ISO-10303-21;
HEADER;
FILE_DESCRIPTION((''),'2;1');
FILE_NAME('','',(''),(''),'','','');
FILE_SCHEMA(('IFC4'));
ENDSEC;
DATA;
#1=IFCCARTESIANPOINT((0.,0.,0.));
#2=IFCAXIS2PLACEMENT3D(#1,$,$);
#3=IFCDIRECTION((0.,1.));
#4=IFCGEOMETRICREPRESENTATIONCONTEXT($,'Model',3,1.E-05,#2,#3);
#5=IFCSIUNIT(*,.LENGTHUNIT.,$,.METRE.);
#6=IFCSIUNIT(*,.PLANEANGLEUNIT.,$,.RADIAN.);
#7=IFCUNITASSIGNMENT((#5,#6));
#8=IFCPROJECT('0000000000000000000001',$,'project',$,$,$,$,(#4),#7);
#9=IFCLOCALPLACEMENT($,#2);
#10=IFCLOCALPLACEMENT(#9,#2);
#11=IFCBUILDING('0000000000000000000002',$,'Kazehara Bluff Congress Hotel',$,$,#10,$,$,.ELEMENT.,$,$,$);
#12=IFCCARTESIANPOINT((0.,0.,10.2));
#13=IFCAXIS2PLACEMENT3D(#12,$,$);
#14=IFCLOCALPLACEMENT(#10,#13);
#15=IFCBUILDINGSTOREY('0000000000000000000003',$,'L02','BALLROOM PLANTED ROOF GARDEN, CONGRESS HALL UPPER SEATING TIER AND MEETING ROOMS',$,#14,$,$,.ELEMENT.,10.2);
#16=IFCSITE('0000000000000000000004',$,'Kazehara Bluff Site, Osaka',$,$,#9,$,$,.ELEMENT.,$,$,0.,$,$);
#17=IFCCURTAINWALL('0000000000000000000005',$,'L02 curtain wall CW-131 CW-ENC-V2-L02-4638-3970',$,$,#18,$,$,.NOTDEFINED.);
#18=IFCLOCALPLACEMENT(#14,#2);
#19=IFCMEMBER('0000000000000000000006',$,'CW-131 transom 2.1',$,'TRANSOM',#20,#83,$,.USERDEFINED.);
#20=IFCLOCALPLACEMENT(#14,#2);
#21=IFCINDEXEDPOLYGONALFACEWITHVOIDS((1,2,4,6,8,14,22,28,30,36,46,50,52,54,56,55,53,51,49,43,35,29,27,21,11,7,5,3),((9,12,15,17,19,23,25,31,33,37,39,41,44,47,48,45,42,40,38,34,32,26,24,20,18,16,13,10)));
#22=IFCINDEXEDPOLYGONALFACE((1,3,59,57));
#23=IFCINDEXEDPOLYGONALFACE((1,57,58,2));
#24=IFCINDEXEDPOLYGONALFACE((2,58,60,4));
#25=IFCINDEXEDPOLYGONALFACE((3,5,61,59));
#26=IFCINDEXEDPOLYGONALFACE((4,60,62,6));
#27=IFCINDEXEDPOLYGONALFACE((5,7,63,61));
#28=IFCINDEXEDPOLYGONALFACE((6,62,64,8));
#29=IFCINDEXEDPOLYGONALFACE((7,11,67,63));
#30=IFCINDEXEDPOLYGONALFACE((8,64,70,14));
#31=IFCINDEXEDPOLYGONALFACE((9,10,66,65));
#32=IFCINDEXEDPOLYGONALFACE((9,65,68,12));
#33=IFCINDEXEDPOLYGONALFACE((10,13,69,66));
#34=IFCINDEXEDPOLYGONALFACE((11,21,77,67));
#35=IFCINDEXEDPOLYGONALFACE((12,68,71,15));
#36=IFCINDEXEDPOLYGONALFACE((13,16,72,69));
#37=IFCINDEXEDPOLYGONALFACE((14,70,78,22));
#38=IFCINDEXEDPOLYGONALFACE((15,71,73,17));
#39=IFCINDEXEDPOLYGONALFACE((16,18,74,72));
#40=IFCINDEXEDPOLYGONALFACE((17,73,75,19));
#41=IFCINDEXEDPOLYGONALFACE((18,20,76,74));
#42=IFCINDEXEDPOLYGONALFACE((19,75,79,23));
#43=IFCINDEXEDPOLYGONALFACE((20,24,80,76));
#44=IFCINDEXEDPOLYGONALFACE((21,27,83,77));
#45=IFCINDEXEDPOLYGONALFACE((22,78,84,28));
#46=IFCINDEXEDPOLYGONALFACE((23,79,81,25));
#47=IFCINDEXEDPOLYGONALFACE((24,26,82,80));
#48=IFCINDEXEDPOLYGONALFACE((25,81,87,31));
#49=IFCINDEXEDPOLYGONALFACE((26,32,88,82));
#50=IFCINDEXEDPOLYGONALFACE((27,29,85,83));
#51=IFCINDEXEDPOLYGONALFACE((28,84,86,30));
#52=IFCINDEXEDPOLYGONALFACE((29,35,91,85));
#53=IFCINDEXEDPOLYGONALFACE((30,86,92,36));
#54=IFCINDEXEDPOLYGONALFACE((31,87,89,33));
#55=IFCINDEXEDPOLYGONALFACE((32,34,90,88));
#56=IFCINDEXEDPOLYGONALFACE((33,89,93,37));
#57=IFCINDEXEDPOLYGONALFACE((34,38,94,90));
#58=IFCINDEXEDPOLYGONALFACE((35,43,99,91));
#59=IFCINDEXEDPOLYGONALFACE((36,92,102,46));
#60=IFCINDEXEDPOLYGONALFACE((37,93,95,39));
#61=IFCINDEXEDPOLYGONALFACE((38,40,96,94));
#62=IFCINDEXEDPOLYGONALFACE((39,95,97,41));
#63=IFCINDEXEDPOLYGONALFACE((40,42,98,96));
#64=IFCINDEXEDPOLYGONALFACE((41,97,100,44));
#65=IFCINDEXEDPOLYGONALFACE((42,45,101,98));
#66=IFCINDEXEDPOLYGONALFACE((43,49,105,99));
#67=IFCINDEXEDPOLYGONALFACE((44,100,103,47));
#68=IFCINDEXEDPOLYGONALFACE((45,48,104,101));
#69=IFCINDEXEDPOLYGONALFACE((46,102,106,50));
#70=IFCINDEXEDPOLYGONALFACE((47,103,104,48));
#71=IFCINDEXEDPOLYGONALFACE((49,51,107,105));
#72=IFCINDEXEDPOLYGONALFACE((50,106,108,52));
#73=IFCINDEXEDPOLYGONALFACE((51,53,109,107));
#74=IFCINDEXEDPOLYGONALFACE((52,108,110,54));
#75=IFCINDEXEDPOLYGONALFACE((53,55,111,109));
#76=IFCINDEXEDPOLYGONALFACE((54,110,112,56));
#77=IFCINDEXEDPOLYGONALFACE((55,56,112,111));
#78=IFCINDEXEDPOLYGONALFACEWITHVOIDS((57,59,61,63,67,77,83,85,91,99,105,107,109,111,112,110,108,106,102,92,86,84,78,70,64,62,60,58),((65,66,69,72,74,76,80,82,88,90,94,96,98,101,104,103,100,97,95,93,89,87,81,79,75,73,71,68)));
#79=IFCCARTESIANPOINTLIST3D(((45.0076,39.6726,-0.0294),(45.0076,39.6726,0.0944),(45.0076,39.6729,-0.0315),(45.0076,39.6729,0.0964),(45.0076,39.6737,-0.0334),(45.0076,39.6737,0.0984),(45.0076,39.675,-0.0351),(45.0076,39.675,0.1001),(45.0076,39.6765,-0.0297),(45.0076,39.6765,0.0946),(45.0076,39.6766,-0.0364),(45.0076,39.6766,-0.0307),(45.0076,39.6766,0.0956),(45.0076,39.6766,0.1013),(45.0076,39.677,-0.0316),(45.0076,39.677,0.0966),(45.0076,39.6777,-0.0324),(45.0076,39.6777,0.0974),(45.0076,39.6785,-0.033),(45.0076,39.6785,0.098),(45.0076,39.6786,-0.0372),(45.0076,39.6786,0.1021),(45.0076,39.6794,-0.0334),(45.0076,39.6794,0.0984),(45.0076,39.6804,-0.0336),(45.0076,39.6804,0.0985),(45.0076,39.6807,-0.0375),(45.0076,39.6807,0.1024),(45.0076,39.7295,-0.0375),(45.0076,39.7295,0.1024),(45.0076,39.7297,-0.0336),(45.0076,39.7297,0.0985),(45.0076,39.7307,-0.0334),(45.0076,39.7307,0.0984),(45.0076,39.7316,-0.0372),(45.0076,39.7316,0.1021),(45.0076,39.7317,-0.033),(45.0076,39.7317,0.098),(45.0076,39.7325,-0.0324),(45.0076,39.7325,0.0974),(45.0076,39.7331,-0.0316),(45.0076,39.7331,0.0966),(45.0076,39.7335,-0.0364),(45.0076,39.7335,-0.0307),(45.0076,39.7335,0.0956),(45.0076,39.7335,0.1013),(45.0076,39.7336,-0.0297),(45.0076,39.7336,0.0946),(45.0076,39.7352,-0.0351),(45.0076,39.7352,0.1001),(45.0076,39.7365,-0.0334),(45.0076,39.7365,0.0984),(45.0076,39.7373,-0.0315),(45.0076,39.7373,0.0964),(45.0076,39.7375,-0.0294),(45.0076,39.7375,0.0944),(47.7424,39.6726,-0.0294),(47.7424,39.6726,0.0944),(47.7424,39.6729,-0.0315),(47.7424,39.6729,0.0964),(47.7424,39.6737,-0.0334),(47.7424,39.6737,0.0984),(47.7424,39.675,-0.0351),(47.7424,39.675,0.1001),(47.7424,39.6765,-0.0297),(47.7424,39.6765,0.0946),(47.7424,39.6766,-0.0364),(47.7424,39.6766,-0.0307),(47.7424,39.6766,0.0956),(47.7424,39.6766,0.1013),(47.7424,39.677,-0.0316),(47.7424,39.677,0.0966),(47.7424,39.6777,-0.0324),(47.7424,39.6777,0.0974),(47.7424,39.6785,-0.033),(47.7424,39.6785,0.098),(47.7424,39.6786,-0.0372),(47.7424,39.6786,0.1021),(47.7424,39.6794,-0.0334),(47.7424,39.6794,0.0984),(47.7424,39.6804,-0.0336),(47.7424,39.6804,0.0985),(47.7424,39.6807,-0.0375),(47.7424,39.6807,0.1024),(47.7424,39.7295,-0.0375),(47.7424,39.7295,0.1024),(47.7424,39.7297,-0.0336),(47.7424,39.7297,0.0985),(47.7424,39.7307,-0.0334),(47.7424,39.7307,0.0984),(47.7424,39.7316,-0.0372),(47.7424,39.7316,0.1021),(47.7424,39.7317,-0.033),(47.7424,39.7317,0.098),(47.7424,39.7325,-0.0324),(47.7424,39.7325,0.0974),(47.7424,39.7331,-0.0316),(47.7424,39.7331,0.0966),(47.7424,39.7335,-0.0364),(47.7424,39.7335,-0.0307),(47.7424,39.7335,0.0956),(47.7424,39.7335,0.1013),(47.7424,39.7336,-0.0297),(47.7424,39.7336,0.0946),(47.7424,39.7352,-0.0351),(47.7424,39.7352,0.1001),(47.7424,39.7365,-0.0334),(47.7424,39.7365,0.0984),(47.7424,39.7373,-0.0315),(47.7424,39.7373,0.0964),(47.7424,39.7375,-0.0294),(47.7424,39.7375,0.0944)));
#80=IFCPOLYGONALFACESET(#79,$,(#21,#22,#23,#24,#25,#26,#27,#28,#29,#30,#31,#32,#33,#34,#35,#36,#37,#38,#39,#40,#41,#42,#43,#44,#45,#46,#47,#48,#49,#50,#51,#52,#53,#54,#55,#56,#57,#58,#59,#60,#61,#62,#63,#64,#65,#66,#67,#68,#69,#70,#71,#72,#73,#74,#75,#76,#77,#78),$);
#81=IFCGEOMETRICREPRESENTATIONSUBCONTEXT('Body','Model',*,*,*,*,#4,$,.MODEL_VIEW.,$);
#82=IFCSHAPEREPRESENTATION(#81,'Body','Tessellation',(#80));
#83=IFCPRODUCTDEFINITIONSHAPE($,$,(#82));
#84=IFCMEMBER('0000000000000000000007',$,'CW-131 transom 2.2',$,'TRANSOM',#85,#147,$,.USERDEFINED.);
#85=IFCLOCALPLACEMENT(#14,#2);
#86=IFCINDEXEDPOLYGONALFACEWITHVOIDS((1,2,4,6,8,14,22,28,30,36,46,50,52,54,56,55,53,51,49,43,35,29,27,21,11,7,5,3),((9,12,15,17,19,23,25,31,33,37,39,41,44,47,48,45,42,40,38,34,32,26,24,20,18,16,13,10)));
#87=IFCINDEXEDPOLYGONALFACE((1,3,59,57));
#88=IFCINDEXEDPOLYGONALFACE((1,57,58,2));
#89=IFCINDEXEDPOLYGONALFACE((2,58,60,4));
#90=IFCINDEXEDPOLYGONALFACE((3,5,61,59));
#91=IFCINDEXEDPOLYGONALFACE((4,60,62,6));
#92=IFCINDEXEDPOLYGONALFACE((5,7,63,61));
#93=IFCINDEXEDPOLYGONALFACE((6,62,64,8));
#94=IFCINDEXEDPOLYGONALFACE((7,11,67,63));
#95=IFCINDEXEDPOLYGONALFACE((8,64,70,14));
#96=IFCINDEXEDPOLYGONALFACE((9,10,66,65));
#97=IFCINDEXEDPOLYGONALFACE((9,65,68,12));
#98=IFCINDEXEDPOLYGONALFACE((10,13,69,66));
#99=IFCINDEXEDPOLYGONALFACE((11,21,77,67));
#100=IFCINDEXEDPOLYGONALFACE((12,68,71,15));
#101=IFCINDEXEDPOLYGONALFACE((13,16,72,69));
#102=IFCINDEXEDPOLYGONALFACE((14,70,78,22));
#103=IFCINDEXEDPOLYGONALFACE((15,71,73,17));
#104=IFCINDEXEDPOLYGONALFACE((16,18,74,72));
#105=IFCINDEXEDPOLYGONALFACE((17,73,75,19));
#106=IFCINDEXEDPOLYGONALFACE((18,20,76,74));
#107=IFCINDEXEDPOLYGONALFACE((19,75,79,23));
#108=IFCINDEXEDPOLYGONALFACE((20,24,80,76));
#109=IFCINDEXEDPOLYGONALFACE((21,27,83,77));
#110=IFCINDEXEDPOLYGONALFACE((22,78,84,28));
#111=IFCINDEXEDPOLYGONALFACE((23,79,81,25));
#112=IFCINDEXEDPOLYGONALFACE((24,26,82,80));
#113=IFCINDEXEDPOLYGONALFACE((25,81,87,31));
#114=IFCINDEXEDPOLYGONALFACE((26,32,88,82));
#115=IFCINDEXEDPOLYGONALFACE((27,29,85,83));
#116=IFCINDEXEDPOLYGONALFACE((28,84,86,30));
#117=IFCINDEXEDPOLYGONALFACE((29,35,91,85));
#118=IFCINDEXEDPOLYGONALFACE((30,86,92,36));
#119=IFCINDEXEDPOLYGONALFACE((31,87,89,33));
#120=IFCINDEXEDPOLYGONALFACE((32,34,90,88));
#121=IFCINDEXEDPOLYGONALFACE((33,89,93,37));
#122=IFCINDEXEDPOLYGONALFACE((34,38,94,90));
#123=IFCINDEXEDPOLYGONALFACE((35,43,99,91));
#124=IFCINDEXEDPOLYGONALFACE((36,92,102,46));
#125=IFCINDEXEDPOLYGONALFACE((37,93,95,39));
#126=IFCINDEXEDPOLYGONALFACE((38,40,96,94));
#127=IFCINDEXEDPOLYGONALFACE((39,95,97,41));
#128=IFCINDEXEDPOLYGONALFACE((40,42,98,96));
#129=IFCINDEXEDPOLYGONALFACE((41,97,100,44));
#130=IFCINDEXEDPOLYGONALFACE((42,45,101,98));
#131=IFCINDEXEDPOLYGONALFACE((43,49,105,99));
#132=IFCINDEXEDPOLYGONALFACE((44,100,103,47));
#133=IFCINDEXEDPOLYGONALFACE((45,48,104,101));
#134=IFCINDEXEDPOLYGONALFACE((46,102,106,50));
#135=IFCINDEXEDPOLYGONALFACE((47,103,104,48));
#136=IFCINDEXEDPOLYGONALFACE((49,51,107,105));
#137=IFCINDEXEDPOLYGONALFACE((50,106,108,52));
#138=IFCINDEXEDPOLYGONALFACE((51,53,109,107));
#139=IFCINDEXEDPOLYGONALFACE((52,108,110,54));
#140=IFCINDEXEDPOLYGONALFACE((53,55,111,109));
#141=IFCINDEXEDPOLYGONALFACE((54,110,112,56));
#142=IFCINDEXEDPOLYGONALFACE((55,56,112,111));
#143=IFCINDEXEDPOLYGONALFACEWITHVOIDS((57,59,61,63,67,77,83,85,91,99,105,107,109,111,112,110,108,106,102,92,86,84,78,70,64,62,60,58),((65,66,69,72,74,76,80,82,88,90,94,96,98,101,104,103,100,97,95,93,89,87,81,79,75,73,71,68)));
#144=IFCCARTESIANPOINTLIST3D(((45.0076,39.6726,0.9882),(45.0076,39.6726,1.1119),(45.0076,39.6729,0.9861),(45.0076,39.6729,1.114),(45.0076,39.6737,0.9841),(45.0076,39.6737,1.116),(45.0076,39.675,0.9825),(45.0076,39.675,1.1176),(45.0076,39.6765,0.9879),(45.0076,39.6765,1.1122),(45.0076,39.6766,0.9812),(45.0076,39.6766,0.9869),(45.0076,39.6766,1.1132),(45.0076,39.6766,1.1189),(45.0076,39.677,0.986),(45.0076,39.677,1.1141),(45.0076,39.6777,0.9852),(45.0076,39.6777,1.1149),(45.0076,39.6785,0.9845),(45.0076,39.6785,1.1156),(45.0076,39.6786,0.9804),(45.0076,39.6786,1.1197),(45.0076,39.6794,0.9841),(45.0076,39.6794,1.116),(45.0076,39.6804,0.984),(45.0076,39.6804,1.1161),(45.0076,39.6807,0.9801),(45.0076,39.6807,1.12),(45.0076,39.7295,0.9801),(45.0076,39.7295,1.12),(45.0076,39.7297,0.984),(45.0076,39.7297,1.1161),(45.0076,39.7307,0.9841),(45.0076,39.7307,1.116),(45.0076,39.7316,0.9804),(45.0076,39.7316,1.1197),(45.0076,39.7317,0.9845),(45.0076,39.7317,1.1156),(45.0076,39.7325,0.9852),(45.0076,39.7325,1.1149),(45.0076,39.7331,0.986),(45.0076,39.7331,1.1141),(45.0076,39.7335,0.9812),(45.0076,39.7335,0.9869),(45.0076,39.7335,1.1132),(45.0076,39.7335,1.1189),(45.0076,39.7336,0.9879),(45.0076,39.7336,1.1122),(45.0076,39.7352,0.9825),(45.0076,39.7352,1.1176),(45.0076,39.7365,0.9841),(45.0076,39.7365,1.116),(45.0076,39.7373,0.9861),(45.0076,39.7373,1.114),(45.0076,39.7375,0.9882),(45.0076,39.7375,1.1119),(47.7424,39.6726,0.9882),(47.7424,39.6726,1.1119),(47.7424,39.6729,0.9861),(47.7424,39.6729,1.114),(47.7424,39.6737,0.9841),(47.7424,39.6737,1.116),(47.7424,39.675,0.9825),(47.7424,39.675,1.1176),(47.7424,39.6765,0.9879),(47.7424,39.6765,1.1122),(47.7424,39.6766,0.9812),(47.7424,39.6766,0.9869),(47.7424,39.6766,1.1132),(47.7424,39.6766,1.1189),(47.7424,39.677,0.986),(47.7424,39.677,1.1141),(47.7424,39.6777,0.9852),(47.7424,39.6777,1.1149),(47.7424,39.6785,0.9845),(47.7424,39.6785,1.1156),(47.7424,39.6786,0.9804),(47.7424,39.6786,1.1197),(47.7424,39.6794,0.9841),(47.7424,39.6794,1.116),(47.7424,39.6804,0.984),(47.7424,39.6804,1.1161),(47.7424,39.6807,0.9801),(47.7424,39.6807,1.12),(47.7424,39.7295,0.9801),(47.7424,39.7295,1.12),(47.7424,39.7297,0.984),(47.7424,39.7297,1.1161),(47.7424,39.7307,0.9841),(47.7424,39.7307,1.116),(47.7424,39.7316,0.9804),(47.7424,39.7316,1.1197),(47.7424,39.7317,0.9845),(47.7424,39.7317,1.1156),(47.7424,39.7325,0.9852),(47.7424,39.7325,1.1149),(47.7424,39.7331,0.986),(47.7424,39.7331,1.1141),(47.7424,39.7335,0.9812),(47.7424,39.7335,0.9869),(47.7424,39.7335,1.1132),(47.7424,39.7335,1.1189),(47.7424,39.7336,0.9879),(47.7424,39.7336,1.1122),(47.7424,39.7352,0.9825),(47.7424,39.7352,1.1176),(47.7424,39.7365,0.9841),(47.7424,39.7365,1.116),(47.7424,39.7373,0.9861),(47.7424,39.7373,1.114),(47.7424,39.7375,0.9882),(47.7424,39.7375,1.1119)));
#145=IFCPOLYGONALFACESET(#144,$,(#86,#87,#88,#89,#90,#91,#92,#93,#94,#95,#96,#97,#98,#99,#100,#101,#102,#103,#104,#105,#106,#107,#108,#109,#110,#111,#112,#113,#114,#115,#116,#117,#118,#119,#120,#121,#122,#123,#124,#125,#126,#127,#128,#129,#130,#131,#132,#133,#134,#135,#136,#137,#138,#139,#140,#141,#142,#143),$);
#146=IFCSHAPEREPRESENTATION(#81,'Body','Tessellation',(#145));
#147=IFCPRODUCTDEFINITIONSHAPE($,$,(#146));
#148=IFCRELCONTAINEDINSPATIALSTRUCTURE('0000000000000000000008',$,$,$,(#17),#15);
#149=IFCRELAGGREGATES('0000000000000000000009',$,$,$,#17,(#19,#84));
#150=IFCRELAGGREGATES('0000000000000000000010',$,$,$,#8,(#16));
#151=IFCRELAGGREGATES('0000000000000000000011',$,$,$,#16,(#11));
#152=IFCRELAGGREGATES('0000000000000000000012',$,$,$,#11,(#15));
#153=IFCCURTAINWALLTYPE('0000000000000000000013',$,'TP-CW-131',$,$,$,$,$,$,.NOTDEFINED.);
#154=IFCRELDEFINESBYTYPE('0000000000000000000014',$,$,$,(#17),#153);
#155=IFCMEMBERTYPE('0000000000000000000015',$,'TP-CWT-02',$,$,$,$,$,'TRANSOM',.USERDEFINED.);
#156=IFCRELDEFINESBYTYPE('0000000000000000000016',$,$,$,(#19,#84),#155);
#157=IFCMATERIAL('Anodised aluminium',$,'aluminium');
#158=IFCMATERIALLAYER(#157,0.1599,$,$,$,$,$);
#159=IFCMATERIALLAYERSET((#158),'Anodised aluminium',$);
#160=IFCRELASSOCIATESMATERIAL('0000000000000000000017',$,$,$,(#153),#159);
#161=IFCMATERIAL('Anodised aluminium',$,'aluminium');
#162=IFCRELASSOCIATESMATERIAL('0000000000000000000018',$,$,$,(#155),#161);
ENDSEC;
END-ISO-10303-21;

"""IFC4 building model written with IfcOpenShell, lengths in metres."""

from ifc_helpers import new_model, si_unit, direction, frame, origin, origin_2d, place, context, subcontext, project, spatial, hollow_rectangle, extrude, material, layer, layer_set, material_profile, profile_set, type_object, element, aggregate, save


model = new_model("IFC4")

# Units and contexts
model_context = context("Model", 3, precision=1e-05, world=origin(), true_north=direction((0.0, 1.0)))
body_context = subcontext(model_context, "Body", "Model", "MODEL_VIEW")
ifc_project = project(units=[si_unit("LENGTHUNIT", "METRE"), si_unit("PLANEANGLEUNIT", "RADIAN")], contexts=[model_context])

# Site, building, storey
site_placement = place(None, origin())
site = spatial("IfcSite", under=ifc_project, at=site_placement, Name="Kazehara Bluff Site, Osaka", CompositionType="ELEMENT", RefElevation=0.0)
building_placement = place(site_placement, origin())
building = spatial("IfcBuilding", under=site, at=building_placement, Name="Kazehara Bluff Congress Hotel", CompositionType="ELEMENT")
storey_placement = place(building_placement, frame((0.0, 0.0, 10.2)))
storey = spatial("IfcBuildingStorey", under=building, at=storey_placement, Name="L02", Description="BALLROOM PLANTED ROOF GARDEN, CONGRESS HALL UPPER SEATING TIER AND MEETING ROOMS", CompositionType="ELEMENT", Elevation=10.2)

# Curtain wall
ifc_material_1 = material(Name="Anodised aluminium", Category="aluminium")
ifc_layer_1 = layer(ifc_material_1, 0.1599)
ifc_layer_set_1 = layer_set([ifc_layer_1], Name="Anodised aluminium")
curtain_wall_type_1 = type_object("IfcCurtainWallType", Name="TP-CW-131", PredefinedType="NOTDEFINED", material=ifc_layer_set_1)
curtain_wall_1_placement = place(storey_placement, origin())
curtain_wall_1 = element("IfcCurtainWall", 1, at=curtain_wall_1_placement, inside=storey, type_object=curtain_wall_type_1, Name="L02 curtain wall CW-131 CW-ENC-V2-L02-4638-3970", PredefinedType="NOTDEFINED")

# Members
ifc_material_2 = material(Name="Anodised aluminium", Category="aluminium")
ifc_material_profile_1 = material_profile(ifc_material_2, hollow_rectangle(XDim=0.0649, YDim=0.1399, WallThickness=0.0039, InnerFilletRadius=0.0039, OuterFilletRadius=0.0081, at=origin_2d()))
ifc_profile_set_1 = profile_set([ifc_material_profile_1], Name="Anodised aluminium")
member_type_1 = type_object("IfcMemberType", Name="TP-CWT-02", ElementType="TRANSOM", PredefinedType="USERDEFINED", material=ifc_profile_set_1)
member_1_placement = place(storey_placement, frame((45.0076, 39.7051, 0.0325), z_axis=(1.0, 0.0, 0.0), x_axis=(0.0, 1.0, 0.0)))
member_1 = element("IfcMember", 2, at=member_1_placement, type_object=member_type_1, Name="CW-131 transom 2.1", ObjectType="TRANSOM", PredefinedType="USERDEFINED", context=body_context, shape_type="SweptSolid", body=[
    extrude(hollow_rectangle(XDim=0.0649, YDim=0.1399, WallThickness=0.0039, InnerFilletRadius=0.0039, OuterFilletRadius=0.0081, at=origin_2d()), origin(), (0.0, 0.0, 1.0), 2.7349),
])
member_2_placement = place(storey_placement, frame((45.0076, 39.7051, 1.05), z_axis=(1.0, 0.0, 0.0), x_axis=(0.0, 1.0, 0.0)))
member_2 = element("IfcMember", 3, at=member_2_placement, type_object=member_type_1, Name="CW-131 transom 2.2", ObjectType="TRANSOM", PredefinedType="USERDEFINED", context=body_context, shape_type="SweptSolid", body=[
    extrude(hollow_rectangle(XDim=0.0649, YDim=0.1399, WallThickness=0.0039, InnerFilletRadius=0.0039, OuterFilletRadius=0.0081, at=origin_2d()), origin(), (0.0, 0.0, 1.0), 2.7349),
])

aggregate(curtain_wall_1, [member_1, member_2])

save(model, "model.ifc")
